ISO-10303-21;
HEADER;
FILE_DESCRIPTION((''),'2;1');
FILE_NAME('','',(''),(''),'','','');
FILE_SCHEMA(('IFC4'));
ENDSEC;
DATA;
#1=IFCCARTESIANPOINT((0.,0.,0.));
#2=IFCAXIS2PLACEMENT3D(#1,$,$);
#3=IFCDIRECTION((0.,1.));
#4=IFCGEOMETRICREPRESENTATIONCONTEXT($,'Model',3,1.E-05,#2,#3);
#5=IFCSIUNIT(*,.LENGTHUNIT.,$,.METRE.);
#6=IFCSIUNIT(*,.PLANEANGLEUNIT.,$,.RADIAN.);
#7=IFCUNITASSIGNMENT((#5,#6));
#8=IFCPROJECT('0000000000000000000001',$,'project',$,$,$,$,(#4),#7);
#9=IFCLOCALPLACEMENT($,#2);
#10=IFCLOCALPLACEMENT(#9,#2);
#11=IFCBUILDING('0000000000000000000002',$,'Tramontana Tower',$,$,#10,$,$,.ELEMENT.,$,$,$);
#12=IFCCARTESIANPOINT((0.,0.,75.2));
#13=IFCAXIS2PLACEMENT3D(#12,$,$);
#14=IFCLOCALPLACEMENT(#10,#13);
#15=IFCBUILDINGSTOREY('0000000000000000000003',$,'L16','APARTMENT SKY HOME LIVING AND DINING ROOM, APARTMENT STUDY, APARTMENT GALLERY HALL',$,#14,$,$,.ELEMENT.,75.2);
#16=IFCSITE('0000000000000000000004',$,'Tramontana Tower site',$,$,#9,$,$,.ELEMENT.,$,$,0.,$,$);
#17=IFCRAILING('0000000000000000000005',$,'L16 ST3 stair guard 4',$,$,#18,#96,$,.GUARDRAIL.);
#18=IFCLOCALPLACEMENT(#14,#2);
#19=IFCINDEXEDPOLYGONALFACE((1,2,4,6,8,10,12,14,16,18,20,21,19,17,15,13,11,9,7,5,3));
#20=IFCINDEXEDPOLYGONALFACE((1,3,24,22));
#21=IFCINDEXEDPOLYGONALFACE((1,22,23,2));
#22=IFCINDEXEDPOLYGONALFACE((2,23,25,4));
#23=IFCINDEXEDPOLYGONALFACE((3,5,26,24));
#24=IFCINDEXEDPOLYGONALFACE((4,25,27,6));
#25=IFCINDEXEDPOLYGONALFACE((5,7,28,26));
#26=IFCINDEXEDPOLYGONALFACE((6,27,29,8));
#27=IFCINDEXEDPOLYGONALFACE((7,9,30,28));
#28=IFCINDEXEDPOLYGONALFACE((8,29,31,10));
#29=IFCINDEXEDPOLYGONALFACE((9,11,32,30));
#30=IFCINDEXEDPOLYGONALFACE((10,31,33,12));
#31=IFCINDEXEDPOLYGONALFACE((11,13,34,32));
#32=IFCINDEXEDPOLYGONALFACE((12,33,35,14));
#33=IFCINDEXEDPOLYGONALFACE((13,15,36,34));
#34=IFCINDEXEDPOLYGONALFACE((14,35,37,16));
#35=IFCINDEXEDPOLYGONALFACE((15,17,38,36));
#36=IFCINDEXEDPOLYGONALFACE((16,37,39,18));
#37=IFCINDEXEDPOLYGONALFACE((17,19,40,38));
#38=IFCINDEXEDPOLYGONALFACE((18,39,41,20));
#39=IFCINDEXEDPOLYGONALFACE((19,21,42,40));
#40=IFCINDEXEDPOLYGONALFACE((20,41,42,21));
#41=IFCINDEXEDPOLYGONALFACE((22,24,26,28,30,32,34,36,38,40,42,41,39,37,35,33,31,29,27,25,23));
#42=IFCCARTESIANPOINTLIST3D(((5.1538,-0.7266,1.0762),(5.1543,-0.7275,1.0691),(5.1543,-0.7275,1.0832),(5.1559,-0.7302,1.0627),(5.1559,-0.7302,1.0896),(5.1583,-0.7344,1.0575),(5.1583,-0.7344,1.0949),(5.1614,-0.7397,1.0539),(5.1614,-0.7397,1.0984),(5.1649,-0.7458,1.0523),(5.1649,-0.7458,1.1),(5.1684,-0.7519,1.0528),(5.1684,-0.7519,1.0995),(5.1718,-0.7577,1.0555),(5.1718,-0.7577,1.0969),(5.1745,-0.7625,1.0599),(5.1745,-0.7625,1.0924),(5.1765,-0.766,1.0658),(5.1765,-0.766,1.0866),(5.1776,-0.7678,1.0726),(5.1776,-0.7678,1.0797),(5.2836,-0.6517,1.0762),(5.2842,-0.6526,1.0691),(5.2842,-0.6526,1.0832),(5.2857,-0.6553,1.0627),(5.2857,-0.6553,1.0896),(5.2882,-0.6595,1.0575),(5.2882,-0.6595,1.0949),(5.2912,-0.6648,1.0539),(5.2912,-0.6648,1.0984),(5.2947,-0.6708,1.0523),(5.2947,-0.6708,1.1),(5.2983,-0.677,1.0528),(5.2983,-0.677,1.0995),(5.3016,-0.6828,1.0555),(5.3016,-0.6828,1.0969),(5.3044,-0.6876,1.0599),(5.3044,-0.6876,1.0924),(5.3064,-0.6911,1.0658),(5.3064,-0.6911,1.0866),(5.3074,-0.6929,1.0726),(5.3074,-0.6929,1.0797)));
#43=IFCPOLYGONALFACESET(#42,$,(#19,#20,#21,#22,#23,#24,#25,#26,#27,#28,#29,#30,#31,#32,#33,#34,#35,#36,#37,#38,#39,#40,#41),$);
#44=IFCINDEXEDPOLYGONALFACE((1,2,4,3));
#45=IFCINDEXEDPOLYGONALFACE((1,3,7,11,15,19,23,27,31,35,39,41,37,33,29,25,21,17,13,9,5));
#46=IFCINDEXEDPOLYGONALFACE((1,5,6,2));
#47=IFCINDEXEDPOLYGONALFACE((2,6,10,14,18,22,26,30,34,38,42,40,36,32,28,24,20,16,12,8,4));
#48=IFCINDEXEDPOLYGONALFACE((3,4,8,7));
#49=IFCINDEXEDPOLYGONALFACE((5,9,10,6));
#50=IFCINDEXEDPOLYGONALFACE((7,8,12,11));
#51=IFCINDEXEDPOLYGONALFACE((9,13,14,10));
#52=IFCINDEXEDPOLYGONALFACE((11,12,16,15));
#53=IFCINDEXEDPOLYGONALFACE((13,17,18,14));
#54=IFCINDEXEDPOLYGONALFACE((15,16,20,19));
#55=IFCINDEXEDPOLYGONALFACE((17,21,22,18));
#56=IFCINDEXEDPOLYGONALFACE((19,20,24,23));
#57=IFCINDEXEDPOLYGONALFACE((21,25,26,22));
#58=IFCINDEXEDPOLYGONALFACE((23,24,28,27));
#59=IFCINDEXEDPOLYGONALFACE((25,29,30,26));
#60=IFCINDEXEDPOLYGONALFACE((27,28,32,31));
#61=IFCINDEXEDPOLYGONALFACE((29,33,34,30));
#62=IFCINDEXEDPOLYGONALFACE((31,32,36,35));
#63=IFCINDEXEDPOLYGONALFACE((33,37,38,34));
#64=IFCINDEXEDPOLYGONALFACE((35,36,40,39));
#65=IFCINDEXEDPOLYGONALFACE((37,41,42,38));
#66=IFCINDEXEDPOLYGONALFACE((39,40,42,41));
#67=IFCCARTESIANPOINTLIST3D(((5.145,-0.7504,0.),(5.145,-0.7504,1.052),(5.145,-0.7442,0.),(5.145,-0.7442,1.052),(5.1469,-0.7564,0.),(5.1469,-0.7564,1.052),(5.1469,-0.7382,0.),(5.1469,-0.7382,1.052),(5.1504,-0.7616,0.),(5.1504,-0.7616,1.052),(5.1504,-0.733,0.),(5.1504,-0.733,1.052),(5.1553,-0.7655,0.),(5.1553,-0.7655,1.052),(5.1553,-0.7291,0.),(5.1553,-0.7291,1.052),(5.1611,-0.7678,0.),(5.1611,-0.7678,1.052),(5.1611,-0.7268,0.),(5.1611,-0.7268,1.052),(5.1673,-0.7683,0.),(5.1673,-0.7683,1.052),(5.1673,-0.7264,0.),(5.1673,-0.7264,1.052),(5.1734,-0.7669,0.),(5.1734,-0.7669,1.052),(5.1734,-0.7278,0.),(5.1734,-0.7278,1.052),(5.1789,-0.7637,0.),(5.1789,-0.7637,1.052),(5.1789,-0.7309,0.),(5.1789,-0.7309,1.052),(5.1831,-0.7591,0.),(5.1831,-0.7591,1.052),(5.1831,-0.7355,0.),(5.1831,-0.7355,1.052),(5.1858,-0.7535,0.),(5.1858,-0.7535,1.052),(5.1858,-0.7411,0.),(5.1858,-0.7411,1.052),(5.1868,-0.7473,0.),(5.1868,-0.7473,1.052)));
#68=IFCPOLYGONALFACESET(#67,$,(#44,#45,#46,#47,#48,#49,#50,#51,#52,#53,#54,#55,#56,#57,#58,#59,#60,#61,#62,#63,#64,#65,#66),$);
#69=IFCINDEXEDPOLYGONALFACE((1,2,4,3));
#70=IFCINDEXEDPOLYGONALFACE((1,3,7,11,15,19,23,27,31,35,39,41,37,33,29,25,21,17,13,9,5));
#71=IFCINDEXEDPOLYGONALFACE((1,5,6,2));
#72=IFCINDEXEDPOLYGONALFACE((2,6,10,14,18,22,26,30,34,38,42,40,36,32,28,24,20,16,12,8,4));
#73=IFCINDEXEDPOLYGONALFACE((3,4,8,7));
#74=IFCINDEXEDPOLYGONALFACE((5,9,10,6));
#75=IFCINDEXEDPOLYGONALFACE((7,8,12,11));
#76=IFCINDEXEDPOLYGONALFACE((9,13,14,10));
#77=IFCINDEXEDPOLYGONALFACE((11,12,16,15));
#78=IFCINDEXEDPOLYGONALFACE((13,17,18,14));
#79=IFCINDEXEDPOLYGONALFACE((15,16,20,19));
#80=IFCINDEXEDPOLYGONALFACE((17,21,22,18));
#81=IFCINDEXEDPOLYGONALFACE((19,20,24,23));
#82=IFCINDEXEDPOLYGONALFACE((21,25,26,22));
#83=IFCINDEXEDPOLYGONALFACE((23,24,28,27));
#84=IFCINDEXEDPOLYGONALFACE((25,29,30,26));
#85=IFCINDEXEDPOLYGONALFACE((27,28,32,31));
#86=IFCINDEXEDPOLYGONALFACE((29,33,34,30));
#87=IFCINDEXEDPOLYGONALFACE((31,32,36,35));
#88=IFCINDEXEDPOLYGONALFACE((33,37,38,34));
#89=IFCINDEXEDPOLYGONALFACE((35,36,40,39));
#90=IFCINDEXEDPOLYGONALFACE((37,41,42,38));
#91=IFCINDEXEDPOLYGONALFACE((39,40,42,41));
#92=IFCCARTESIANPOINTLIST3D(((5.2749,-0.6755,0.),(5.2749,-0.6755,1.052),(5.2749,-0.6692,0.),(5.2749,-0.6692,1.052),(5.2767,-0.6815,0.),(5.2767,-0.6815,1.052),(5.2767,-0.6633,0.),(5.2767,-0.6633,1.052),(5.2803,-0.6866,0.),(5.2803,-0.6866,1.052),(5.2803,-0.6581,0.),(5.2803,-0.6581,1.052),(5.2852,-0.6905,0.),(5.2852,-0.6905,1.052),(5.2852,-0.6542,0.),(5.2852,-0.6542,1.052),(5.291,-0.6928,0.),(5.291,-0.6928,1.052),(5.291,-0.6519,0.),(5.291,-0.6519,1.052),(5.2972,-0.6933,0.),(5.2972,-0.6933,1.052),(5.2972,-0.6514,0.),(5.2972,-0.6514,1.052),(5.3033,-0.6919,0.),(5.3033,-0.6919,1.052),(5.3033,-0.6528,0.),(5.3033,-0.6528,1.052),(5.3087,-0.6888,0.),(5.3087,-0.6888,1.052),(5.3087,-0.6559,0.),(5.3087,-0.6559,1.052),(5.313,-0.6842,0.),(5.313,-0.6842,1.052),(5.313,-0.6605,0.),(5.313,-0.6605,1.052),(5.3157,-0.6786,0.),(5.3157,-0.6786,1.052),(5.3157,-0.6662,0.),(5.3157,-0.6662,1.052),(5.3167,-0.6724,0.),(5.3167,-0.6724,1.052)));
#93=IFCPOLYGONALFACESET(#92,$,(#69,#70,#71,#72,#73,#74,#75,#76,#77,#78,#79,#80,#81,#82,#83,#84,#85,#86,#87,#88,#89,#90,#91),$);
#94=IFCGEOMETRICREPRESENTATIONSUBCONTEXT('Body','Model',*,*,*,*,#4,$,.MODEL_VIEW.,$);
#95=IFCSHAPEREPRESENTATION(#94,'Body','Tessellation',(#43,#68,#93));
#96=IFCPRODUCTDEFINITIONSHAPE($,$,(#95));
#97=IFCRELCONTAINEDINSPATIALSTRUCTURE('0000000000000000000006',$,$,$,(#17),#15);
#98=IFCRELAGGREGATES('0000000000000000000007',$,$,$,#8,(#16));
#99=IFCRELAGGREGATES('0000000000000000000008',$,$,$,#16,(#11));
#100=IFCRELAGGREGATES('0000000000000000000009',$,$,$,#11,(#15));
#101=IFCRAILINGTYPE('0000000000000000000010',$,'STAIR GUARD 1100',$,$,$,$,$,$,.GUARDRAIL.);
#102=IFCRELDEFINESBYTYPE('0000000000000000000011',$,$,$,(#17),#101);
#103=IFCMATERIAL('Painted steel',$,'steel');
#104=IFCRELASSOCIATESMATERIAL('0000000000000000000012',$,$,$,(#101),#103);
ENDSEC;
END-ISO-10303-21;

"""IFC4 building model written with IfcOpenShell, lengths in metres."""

from ifc_helpers import new_model, si_unit, direction, frame, origin, origin_2d, place, context, subcontext, project, spatial, circle, extrude, material, type_object, element, save


model = new_model("IFC4")

# Units and contexts
model_context = context("Model", 3, precision=1e-05, world=origin(), true_north=direction((0.0, 1.0)))
body_context = subcontext(model_context, "Body", "Model", "MODEL_VIEW")
ifc_project = project(units=[si_unit("LENGTHUNIT", "METRE"), si_unit("PLANEANGLEUNIT", "RADIAN")], contexts=[model_context])

# Site, building, storey
site_placement = place(None, origin())
site = spatial("IfcSite", under=ifc_project, at=site_placement, Name="Tramontana Tower site", CompositionType="ELEMENT", RefElevation=0.0)
building_placement = place(site_placement, origin())
building = spatial("IfcBuilding", under=site, at=building_placement, Name="Tramontana Tower", CompositionType="ELEMENT")
storey_placement = place(building_placement, frame((0.0, 0.0, 75.2)))
storey = spatial("IfcBuildingStorey", under=building, at=storey_placement, Name="L16", Description="APARTMENT SKY HOME LIVING AND DINING ROOM, APARTMENT STUDY, APARTMENT GALLERY HALL", CompositionType="ELEMENT", Elevation=75.2)

# Railing
ifc_material_1 = material(Name="Painted steel", Category="steel")
railing_type_1 = type_object("IfcRailingType", Name="STAIR GUARD 1100", PredefinedType="GUARDRAIL", material=ifc_material_1)
railing_1_placement = place(storey_placement, frame((5.1658, -0.7473, 0.0)))
element("IfcRailing", 1, at=railing_1_placement, inside=storey, type_object=railing_type_1, Name="L16 ST3 stair guard 4", PredefinedType="GUARDRAIL", context=body_context, shape_type="SweptSolid", body=[
    extrude(circle(Radius=0.0239, at=origin_2d()), frame((0.0, 0.0, 1.0762), z_axis=(0.866131, 0.499816, 0.0), x_axis=(-0.499816, 0.866131, 0.0)), (0.0, 0.0, 1.0), 0.1499),
    extrude(circle(Radius=0.021, at=origin_2d()), origin(), (0.0, 0.0, 1.0), 1.052),
    extrude(circle(Radius=0.021, at=origin_2d()), frame((0.1299, 0.075, 0.0)), (0.0, 0.0, 1.0), 1.052),
])

save(model, "model.ifc")
